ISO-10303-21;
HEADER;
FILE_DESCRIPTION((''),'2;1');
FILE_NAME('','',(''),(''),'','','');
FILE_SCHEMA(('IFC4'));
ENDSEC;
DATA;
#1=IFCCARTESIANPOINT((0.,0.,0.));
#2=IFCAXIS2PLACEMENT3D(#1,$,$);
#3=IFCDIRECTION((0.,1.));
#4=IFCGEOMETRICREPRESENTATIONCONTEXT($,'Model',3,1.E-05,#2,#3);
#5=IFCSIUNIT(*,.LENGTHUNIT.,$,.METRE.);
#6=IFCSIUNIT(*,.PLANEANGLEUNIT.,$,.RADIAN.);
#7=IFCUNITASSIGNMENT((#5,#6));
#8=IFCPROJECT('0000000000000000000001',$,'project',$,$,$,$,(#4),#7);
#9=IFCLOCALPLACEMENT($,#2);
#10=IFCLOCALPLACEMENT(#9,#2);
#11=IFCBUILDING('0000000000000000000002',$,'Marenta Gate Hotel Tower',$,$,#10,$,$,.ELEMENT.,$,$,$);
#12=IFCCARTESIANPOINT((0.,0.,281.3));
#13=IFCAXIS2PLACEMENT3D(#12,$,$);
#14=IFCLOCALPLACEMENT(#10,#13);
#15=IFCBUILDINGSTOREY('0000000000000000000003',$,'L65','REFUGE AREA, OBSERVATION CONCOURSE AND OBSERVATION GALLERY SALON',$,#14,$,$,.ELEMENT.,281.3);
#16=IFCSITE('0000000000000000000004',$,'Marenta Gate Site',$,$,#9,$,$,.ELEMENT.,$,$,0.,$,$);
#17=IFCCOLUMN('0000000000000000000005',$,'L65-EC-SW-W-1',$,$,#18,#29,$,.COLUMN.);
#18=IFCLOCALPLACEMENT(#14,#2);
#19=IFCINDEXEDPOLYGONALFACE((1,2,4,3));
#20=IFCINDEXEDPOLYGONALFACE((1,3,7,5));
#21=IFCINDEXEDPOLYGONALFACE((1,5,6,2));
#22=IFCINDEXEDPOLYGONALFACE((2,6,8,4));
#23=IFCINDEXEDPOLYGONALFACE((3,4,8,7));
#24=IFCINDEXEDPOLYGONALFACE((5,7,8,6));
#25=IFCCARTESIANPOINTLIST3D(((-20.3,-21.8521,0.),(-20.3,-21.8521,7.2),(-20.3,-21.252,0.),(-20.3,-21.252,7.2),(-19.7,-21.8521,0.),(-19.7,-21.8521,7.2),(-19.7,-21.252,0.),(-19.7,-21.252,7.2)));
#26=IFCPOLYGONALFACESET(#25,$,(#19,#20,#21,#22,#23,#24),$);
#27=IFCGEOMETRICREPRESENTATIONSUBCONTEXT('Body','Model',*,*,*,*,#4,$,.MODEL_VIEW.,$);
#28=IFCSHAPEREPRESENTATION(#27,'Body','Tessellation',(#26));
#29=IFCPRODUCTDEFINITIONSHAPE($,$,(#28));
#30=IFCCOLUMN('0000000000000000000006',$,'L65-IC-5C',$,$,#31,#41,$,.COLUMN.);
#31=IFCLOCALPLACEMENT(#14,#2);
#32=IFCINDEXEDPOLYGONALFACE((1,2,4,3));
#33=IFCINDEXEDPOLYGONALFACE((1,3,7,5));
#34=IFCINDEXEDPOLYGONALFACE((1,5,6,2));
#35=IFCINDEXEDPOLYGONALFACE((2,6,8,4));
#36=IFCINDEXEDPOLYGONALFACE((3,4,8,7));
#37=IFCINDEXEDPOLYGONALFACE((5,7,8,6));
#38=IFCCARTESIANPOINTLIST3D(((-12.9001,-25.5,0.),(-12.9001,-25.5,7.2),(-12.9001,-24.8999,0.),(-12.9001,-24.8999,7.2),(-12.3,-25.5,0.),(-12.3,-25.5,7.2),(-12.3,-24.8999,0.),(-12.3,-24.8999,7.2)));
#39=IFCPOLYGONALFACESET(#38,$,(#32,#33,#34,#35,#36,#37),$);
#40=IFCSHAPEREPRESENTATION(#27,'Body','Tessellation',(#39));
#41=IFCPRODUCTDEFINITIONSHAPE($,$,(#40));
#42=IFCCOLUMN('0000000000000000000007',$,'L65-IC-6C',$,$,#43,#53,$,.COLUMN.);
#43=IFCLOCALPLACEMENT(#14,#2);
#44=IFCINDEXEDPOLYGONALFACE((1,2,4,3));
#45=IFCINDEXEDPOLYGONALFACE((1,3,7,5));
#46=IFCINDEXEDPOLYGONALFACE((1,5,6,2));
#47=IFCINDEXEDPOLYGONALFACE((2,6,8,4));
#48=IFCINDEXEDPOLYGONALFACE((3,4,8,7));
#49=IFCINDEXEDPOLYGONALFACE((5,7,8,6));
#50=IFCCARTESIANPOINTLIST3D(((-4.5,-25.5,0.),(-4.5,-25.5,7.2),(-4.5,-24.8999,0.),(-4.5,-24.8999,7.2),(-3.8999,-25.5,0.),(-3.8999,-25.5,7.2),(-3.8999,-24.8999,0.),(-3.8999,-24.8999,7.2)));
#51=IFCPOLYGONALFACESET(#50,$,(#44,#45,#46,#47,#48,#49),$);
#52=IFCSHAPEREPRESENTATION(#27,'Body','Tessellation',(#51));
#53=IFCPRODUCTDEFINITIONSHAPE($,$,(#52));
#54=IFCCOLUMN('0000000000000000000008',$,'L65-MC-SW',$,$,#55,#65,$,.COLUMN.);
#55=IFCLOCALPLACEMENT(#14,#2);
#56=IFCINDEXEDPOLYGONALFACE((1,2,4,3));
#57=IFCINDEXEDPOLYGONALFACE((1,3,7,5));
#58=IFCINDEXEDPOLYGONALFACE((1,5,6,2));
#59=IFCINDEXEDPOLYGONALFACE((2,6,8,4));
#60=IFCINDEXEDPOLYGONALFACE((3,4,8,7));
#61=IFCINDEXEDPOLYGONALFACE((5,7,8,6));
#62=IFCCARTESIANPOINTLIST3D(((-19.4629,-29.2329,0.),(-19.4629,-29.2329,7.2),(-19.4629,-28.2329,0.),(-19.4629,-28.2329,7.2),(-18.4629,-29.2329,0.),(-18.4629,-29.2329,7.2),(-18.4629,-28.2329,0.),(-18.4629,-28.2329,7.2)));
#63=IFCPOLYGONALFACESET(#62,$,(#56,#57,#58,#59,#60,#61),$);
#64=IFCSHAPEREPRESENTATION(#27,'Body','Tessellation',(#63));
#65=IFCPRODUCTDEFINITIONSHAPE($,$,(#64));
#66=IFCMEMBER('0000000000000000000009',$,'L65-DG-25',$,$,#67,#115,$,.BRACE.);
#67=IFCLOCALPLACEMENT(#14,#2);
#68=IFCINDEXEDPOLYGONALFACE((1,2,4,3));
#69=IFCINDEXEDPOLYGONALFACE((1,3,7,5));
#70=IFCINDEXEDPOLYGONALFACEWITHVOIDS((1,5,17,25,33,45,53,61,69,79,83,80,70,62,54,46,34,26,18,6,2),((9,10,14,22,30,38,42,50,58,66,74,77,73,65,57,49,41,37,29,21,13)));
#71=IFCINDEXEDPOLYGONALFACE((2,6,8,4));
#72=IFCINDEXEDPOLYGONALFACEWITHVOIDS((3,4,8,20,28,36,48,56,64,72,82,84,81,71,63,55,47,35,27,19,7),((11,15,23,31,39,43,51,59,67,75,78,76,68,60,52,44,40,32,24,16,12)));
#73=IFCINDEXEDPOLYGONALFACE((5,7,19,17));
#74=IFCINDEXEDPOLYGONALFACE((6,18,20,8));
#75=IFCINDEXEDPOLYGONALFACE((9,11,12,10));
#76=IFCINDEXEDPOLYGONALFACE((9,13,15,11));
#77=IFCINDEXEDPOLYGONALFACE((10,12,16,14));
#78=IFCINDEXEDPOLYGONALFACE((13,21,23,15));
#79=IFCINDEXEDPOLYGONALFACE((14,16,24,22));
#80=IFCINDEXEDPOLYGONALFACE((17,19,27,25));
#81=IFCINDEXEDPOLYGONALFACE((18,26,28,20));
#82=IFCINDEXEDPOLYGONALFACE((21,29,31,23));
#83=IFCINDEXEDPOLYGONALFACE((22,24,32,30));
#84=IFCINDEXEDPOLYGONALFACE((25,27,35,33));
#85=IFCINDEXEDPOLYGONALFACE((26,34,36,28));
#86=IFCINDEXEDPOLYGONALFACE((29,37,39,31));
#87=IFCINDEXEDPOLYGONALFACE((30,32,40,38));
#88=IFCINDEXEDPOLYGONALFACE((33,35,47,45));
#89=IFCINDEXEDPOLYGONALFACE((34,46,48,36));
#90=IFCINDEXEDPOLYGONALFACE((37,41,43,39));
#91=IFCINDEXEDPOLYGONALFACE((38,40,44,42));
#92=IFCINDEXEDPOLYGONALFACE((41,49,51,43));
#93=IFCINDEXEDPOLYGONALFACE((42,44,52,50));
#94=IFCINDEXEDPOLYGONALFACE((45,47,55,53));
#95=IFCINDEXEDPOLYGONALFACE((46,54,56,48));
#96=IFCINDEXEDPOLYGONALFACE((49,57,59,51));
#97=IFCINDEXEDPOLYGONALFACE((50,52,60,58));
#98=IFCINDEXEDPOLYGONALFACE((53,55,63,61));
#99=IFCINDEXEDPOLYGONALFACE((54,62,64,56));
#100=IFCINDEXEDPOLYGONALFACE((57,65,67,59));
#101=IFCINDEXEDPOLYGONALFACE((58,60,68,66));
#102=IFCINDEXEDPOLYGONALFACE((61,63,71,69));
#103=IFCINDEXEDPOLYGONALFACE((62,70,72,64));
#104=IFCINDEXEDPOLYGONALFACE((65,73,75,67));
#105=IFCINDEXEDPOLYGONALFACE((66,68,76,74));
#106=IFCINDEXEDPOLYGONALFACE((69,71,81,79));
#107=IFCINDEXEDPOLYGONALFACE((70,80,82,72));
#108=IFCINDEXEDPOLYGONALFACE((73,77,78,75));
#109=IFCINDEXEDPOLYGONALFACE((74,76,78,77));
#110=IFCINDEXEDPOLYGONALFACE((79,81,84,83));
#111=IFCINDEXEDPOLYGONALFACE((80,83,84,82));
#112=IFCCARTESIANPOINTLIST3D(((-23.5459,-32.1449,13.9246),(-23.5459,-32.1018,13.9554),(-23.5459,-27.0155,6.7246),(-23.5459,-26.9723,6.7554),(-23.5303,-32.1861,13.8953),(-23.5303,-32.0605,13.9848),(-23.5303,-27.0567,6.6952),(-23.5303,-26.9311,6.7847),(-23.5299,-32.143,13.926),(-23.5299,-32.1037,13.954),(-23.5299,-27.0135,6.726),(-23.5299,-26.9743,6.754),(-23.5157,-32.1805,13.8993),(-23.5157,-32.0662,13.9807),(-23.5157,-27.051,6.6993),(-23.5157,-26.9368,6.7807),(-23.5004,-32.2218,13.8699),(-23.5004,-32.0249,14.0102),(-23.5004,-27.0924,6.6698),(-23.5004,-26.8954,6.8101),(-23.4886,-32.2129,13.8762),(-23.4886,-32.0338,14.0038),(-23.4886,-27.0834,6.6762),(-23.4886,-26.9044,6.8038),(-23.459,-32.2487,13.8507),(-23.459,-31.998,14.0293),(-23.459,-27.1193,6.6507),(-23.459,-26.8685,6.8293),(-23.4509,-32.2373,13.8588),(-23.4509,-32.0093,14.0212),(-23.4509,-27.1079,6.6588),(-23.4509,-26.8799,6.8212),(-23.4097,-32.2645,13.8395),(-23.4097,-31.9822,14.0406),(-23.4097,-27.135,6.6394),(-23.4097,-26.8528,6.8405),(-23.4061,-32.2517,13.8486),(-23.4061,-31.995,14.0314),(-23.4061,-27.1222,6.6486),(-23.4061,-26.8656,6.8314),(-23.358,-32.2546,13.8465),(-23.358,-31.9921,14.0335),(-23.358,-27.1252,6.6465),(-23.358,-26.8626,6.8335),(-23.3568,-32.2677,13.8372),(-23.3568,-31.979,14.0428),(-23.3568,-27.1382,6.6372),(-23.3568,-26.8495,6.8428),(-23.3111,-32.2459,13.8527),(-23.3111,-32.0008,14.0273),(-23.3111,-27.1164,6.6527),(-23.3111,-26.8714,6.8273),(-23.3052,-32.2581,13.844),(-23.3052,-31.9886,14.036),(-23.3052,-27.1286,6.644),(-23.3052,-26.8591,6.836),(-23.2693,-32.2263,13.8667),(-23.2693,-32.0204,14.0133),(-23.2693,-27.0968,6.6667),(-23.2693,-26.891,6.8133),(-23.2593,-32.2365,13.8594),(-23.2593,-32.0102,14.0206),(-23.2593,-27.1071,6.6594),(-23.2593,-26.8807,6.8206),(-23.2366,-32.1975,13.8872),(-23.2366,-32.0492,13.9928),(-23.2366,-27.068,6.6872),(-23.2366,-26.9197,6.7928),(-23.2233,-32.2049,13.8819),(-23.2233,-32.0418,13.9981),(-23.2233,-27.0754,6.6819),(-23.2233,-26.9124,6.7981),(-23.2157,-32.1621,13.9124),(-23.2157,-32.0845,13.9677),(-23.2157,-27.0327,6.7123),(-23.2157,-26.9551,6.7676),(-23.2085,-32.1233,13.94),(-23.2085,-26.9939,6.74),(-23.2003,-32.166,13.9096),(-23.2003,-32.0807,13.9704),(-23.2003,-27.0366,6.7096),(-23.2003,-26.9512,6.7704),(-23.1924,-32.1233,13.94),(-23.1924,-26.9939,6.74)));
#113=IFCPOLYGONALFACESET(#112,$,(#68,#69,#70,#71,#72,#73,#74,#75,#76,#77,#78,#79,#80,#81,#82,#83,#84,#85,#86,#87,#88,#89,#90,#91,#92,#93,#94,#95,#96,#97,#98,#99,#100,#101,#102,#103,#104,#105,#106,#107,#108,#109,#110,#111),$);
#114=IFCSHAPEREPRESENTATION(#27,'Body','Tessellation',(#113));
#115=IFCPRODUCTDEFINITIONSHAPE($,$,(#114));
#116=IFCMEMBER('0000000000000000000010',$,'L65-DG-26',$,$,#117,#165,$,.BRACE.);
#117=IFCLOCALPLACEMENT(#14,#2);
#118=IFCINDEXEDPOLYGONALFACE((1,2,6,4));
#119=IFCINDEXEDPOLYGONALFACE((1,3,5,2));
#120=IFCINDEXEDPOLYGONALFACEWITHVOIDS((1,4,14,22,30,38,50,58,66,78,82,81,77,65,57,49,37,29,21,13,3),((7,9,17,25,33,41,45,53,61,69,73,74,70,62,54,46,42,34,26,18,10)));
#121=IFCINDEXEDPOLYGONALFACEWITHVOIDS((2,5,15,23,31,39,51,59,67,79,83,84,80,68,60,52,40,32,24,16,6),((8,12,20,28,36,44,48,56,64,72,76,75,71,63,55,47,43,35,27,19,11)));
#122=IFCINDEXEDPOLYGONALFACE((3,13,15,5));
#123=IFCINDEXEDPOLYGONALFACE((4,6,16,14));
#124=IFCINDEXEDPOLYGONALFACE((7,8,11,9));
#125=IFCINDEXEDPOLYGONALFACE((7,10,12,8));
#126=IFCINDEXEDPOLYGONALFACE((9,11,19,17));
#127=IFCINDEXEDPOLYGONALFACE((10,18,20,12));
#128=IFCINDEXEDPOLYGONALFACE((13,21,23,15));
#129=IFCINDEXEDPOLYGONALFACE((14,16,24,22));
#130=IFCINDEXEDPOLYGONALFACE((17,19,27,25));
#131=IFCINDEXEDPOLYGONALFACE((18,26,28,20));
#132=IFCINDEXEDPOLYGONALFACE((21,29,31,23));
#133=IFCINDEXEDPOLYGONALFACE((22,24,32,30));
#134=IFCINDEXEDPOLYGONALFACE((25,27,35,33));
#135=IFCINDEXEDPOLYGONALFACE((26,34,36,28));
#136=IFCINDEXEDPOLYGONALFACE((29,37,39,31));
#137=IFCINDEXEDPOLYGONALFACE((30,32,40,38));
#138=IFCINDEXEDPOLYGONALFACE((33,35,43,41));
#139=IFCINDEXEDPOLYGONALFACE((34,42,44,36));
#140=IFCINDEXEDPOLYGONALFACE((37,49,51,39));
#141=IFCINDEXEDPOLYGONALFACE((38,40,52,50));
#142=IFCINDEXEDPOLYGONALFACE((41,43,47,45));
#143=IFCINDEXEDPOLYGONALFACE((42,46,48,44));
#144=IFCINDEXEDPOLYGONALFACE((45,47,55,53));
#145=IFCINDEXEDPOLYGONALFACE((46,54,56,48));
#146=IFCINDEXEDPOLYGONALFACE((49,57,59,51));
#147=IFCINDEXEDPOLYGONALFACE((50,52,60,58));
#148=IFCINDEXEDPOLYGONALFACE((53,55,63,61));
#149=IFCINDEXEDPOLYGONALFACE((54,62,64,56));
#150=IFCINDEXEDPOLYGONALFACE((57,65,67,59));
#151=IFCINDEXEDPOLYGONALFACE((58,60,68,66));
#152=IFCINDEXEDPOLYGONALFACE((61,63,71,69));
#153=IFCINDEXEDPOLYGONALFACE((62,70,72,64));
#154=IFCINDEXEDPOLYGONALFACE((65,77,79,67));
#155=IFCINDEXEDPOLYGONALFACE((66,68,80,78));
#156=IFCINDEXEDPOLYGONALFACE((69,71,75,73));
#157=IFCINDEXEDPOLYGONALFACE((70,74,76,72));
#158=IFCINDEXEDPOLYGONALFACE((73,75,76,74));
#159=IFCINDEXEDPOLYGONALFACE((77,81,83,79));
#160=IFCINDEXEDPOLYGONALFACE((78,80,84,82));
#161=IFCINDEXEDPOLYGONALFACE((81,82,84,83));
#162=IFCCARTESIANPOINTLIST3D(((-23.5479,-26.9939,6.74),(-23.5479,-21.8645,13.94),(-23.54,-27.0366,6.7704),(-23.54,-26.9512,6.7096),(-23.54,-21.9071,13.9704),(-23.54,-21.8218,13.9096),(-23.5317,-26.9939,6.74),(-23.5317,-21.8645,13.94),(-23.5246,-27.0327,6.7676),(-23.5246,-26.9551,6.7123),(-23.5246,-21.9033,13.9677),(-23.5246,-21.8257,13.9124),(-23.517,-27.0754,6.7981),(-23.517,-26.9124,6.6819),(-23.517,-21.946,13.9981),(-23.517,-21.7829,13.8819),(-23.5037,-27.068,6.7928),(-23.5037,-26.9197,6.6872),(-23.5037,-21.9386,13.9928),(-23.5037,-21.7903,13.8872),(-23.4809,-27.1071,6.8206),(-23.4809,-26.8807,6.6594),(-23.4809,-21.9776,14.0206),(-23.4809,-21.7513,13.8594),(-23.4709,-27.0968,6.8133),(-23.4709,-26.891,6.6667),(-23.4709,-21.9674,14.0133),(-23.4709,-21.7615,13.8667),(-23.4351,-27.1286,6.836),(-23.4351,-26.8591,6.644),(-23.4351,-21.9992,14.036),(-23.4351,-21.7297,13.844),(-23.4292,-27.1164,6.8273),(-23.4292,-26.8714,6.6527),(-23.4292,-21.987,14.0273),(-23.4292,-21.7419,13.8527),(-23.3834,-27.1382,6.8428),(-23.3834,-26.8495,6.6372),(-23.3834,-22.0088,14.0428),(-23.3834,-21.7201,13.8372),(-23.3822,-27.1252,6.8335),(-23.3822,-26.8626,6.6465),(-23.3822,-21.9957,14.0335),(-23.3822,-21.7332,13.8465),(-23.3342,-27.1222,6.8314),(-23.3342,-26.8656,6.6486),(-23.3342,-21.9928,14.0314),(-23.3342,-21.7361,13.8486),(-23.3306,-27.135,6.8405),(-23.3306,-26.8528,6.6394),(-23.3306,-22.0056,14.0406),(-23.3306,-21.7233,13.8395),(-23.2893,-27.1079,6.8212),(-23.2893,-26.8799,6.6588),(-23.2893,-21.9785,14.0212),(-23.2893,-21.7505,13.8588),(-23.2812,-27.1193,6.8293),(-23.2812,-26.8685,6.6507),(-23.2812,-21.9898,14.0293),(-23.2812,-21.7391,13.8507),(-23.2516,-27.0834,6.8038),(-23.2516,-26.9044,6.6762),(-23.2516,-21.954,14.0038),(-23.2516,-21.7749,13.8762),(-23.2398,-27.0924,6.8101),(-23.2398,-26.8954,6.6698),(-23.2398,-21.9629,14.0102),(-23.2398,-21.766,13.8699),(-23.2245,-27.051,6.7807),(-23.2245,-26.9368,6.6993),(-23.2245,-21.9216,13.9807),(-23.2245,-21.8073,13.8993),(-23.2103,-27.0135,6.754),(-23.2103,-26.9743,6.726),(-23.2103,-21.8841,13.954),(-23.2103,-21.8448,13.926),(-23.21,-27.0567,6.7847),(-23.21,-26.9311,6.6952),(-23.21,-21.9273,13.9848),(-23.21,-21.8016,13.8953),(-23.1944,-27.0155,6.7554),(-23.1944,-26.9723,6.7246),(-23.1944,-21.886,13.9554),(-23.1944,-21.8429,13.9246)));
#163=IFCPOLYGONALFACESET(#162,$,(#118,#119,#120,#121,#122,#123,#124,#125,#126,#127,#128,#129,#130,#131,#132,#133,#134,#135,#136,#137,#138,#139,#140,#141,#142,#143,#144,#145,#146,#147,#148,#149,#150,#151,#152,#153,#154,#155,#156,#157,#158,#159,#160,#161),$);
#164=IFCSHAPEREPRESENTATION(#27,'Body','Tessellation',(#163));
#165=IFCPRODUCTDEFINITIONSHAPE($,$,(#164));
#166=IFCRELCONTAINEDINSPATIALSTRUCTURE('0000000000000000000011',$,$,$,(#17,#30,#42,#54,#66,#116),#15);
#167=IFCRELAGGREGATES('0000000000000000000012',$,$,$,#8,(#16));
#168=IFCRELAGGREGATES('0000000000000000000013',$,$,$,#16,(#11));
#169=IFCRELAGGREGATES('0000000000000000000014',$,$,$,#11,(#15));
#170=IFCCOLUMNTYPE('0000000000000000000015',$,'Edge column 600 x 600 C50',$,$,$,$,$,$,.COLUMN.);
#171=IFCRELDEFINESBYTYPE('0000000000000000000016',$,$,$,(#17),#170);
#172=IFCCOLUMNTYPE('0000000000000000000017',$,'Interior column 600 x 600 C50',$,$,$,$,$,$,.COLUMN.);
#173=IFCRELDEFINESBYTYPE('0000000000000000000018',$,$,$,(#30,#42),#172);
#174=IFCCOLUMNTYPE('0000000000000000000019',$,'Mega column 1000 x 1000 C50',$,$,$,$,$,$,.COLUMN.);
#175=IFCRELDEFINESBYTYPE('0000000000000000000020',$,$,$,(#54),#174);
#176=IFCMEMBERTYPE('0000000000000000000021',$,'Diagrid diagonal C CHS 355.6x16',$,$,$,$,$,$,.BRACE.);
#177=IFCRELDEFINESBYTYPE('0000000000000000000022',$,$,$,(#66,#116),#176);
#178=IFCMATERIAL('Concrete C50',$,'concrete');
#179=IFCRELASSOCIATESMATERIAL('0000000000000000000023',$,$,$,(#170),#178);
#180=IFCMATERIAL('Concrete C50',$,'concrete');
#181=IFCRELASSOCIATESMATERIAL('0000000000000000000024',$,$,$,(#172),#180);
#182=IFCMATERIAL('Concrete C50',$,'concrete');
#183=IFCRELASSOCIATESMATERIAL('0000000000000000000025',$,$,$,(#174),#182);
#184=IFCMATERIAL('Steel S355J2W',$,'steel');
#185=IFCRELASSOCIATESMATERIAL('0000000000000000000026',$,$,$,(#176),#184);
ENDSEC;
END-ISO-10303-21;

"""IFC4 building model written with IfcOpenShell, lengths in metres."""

from ifc_helpers import new_model, si_unit, direction, frame, origin, origin_2d, place, context, subcontext, project, spatial, rectangle, hollow_circle, extrude, material, material_profile, profile_set, type_object, element, save


model = new_model("IFC4")

# Units and contexts
model_context = context("Model", 3, precision=1e-05, world=origin(), true_north=direction((0.0, 1.0)))
body_context = subcontext(model_context, "Body", "Model", "MODEL_VIEW")
ifc_project = project(units=[si_unit("LENGTHUNIT", "METRE"), si_unit("PLANEANGLEUNIT", "RADIAN")], contexts=[model_context])

# Site, building, storey
site_placement = place(None, origin())
site = spatial("IfcSite", under=ifc_project, at=site_placement, Name="Marenta Gate Site", CompositionType="ELEMENT", RefElevation=0.0)
building_placement = place(site_placement, origin())
building = spatial("IfcBuilding", under=site, at=building_placement, Name="Marenta Gate Hotel Tower", CompositionType="ELEMENT")
storey_placement = place(building_placement, frame((0.0, 0.0, 281.3)))
storey = spatial("IfcBuildingStorey", under=building, at=storey_placement, Name="L65", Description="REFUGE AREA, OBSERVATION CONCOURSE AND OBSERVATION GALLERY SALON", CompositionType="ELEMENT", Elevation=281.3)

# Columns
ifc_material_1 = material(Name="Concrete C50", Category="concrete")
ifc_material_profile_1 = material_profile(ifc_material_1, rectangle(XDim=0.6001, YDim=0.6001, at=origin_2d()), Name="600 x 600")
ifc_profile_set_1 = profile_set([ifc_material_profile_1], Name="Concrete C50")
column_type_1 = type_object("IfcColumnType", Name="Edge column 600 x 600 C50", PredefinedType="COLUMN", material=ifc_profile_set_1)
column_1_placement = place(storey_placement, frame((-20.0, -21.552, 0.0), z_axis=(0.0, 0.0, 1.0), x_axis=(1.0, 0.0, 0.0)))
element("IfcColumn", 1, at=column_1_placement, inside=storey, type_object=column_type_1, Name="L65-EC-SW-W-1", PredefinedType="COLUMN", context=body_context, shape_type="SweptSolid", body=[
    extrude(rectangle(XDim=0.6001, YDim=0.6001, at=origin_2d()), origin(), (0.0, 0.0, 1.0), 7.2),
])
ifc_material_2 = material(Name="Concrete C50", Category="concrete")
ifc_material_profile_2 = material_profile(ifc_material_2, rectangle(XDim=0.6001, YDim=0.6001, at=origin_2d()), Name="600 x 600")
ifc_profile_set_2 = profile_set([ifc_material_profile_2], Name="Concrete C50")
column_type_2 = type_object("IfcColumnType", Name="Interior column 600 x 600 C50", PredefinedType="COLUMN", material=ifc_profile_set_2)
for number, where, z_axis, x_axis, name in (
    (2, (-12.6001, -25.2, 0.0), (0.0, 0.0, 1.0), (1.0, 0.0, 0.0), "L65-IC-5C"),
    (3, (-4.2, -25.2, 0.0), (0.0, 0.0, 1.0), (1.0, 0.0, 0.0), "L65-IC-6C"),
):
    element("IfcColumn", number, at=place(storey_placement, frame(where, z_axis=z_axis, x_axis=x_axis)), inside=storey, type_object=column_type_2, Name=name, PredefinedType="COLUMN", context=body_context, shape_type="SweptSolid", body=[
        extrude(rectangle(XDim=0.6001, YDim=0.6001, at=origin_2d()), origin(), (0.0, 0.0, 1.0), 7.2),
    ])
ifc_material_3 = material(Name="Concrete C50", Category="concrete")
ifc_material_profile_3 = material_profile(ifc_material_3, rectangle(XDim=1.0, YDim=1.0, at=origin_2d()), Name="1000 x 1000")
ifc_profile_set_3 = profile_set([ifc_material_profile_3], Name="Concrete C50")
column_type_3 = type_object("IfcColumnType", Name="Mega column 1000 x 1000 C50", PredefinedType="COLUMN", material=ifc_profile_set_3)
column_2_placement = place(storey_placement, frame((-18.9629, -28.7329, 0.0), z_axis=(0.0, 0.0, 1.0), x_axis=(1.0, 0.0, 0.0)))
element("IfcColumn", 4, at=column_2_placement, inside=storey, type_object=column_type_3, Name="L65-MC-SW", PredefinedType="COLUMN", context=body_context, shape_type="SweptSolid", body=[
    extrude(rectangle(XDim=1.0, YDim=1.0, at=origin_2d()), origin(), (0.0, 0.0, 1.0), 7.2),
])

# Members
ifc_material_4 = material(Name="Steel S355J2W", Category="steel")
ifc_material_profile_4 = material_profile(ifc_material_4, hollow_circle(Radius=0.1777, WallThickness=0.0161, at=origin_2d()), Name="CHS 355.6x16")
ifc_profile_set_4 = profile_set([ifc_material_profile_4], Name="Steel S355J2W")
member_type_1 = type_object("IfcMemberType", Name="Diagrid diagonal C CHS 355.6x16", PredefinedType="BRACE", material=ifc_profile_set_4)
for number, where, z_axis, x_axis, name in (
    (5, (-23.3701, -26.9939, 6.74), (0.0, -0.580232, 0.814451), (1.0, 0.0, 0.0), "L65-DG-25"),
    (6, (-23.3701, -26.9939, 6.74), (0.0, 0.580232, 0.814451), (-1.0, 0.0, 0.0), "L65-DG-26"),
):
    element("IfcMember", number, at=place(storey_placement, frame(where, z_axis=z_axis, x_axis=x_axis)), inside=storey, type_object=member_type_1, Name=name, PredefinedType="BRACE", context=body_context, shape_type="SweptSolid", body=[
        extrude(hollow_circle(Radius=0.1777, WallThickness=0.0161, at=origin_2d()), origin(), (0.0, 0.0, 1.0), 8.8403),
    ])

save(model, "model.ifc")
